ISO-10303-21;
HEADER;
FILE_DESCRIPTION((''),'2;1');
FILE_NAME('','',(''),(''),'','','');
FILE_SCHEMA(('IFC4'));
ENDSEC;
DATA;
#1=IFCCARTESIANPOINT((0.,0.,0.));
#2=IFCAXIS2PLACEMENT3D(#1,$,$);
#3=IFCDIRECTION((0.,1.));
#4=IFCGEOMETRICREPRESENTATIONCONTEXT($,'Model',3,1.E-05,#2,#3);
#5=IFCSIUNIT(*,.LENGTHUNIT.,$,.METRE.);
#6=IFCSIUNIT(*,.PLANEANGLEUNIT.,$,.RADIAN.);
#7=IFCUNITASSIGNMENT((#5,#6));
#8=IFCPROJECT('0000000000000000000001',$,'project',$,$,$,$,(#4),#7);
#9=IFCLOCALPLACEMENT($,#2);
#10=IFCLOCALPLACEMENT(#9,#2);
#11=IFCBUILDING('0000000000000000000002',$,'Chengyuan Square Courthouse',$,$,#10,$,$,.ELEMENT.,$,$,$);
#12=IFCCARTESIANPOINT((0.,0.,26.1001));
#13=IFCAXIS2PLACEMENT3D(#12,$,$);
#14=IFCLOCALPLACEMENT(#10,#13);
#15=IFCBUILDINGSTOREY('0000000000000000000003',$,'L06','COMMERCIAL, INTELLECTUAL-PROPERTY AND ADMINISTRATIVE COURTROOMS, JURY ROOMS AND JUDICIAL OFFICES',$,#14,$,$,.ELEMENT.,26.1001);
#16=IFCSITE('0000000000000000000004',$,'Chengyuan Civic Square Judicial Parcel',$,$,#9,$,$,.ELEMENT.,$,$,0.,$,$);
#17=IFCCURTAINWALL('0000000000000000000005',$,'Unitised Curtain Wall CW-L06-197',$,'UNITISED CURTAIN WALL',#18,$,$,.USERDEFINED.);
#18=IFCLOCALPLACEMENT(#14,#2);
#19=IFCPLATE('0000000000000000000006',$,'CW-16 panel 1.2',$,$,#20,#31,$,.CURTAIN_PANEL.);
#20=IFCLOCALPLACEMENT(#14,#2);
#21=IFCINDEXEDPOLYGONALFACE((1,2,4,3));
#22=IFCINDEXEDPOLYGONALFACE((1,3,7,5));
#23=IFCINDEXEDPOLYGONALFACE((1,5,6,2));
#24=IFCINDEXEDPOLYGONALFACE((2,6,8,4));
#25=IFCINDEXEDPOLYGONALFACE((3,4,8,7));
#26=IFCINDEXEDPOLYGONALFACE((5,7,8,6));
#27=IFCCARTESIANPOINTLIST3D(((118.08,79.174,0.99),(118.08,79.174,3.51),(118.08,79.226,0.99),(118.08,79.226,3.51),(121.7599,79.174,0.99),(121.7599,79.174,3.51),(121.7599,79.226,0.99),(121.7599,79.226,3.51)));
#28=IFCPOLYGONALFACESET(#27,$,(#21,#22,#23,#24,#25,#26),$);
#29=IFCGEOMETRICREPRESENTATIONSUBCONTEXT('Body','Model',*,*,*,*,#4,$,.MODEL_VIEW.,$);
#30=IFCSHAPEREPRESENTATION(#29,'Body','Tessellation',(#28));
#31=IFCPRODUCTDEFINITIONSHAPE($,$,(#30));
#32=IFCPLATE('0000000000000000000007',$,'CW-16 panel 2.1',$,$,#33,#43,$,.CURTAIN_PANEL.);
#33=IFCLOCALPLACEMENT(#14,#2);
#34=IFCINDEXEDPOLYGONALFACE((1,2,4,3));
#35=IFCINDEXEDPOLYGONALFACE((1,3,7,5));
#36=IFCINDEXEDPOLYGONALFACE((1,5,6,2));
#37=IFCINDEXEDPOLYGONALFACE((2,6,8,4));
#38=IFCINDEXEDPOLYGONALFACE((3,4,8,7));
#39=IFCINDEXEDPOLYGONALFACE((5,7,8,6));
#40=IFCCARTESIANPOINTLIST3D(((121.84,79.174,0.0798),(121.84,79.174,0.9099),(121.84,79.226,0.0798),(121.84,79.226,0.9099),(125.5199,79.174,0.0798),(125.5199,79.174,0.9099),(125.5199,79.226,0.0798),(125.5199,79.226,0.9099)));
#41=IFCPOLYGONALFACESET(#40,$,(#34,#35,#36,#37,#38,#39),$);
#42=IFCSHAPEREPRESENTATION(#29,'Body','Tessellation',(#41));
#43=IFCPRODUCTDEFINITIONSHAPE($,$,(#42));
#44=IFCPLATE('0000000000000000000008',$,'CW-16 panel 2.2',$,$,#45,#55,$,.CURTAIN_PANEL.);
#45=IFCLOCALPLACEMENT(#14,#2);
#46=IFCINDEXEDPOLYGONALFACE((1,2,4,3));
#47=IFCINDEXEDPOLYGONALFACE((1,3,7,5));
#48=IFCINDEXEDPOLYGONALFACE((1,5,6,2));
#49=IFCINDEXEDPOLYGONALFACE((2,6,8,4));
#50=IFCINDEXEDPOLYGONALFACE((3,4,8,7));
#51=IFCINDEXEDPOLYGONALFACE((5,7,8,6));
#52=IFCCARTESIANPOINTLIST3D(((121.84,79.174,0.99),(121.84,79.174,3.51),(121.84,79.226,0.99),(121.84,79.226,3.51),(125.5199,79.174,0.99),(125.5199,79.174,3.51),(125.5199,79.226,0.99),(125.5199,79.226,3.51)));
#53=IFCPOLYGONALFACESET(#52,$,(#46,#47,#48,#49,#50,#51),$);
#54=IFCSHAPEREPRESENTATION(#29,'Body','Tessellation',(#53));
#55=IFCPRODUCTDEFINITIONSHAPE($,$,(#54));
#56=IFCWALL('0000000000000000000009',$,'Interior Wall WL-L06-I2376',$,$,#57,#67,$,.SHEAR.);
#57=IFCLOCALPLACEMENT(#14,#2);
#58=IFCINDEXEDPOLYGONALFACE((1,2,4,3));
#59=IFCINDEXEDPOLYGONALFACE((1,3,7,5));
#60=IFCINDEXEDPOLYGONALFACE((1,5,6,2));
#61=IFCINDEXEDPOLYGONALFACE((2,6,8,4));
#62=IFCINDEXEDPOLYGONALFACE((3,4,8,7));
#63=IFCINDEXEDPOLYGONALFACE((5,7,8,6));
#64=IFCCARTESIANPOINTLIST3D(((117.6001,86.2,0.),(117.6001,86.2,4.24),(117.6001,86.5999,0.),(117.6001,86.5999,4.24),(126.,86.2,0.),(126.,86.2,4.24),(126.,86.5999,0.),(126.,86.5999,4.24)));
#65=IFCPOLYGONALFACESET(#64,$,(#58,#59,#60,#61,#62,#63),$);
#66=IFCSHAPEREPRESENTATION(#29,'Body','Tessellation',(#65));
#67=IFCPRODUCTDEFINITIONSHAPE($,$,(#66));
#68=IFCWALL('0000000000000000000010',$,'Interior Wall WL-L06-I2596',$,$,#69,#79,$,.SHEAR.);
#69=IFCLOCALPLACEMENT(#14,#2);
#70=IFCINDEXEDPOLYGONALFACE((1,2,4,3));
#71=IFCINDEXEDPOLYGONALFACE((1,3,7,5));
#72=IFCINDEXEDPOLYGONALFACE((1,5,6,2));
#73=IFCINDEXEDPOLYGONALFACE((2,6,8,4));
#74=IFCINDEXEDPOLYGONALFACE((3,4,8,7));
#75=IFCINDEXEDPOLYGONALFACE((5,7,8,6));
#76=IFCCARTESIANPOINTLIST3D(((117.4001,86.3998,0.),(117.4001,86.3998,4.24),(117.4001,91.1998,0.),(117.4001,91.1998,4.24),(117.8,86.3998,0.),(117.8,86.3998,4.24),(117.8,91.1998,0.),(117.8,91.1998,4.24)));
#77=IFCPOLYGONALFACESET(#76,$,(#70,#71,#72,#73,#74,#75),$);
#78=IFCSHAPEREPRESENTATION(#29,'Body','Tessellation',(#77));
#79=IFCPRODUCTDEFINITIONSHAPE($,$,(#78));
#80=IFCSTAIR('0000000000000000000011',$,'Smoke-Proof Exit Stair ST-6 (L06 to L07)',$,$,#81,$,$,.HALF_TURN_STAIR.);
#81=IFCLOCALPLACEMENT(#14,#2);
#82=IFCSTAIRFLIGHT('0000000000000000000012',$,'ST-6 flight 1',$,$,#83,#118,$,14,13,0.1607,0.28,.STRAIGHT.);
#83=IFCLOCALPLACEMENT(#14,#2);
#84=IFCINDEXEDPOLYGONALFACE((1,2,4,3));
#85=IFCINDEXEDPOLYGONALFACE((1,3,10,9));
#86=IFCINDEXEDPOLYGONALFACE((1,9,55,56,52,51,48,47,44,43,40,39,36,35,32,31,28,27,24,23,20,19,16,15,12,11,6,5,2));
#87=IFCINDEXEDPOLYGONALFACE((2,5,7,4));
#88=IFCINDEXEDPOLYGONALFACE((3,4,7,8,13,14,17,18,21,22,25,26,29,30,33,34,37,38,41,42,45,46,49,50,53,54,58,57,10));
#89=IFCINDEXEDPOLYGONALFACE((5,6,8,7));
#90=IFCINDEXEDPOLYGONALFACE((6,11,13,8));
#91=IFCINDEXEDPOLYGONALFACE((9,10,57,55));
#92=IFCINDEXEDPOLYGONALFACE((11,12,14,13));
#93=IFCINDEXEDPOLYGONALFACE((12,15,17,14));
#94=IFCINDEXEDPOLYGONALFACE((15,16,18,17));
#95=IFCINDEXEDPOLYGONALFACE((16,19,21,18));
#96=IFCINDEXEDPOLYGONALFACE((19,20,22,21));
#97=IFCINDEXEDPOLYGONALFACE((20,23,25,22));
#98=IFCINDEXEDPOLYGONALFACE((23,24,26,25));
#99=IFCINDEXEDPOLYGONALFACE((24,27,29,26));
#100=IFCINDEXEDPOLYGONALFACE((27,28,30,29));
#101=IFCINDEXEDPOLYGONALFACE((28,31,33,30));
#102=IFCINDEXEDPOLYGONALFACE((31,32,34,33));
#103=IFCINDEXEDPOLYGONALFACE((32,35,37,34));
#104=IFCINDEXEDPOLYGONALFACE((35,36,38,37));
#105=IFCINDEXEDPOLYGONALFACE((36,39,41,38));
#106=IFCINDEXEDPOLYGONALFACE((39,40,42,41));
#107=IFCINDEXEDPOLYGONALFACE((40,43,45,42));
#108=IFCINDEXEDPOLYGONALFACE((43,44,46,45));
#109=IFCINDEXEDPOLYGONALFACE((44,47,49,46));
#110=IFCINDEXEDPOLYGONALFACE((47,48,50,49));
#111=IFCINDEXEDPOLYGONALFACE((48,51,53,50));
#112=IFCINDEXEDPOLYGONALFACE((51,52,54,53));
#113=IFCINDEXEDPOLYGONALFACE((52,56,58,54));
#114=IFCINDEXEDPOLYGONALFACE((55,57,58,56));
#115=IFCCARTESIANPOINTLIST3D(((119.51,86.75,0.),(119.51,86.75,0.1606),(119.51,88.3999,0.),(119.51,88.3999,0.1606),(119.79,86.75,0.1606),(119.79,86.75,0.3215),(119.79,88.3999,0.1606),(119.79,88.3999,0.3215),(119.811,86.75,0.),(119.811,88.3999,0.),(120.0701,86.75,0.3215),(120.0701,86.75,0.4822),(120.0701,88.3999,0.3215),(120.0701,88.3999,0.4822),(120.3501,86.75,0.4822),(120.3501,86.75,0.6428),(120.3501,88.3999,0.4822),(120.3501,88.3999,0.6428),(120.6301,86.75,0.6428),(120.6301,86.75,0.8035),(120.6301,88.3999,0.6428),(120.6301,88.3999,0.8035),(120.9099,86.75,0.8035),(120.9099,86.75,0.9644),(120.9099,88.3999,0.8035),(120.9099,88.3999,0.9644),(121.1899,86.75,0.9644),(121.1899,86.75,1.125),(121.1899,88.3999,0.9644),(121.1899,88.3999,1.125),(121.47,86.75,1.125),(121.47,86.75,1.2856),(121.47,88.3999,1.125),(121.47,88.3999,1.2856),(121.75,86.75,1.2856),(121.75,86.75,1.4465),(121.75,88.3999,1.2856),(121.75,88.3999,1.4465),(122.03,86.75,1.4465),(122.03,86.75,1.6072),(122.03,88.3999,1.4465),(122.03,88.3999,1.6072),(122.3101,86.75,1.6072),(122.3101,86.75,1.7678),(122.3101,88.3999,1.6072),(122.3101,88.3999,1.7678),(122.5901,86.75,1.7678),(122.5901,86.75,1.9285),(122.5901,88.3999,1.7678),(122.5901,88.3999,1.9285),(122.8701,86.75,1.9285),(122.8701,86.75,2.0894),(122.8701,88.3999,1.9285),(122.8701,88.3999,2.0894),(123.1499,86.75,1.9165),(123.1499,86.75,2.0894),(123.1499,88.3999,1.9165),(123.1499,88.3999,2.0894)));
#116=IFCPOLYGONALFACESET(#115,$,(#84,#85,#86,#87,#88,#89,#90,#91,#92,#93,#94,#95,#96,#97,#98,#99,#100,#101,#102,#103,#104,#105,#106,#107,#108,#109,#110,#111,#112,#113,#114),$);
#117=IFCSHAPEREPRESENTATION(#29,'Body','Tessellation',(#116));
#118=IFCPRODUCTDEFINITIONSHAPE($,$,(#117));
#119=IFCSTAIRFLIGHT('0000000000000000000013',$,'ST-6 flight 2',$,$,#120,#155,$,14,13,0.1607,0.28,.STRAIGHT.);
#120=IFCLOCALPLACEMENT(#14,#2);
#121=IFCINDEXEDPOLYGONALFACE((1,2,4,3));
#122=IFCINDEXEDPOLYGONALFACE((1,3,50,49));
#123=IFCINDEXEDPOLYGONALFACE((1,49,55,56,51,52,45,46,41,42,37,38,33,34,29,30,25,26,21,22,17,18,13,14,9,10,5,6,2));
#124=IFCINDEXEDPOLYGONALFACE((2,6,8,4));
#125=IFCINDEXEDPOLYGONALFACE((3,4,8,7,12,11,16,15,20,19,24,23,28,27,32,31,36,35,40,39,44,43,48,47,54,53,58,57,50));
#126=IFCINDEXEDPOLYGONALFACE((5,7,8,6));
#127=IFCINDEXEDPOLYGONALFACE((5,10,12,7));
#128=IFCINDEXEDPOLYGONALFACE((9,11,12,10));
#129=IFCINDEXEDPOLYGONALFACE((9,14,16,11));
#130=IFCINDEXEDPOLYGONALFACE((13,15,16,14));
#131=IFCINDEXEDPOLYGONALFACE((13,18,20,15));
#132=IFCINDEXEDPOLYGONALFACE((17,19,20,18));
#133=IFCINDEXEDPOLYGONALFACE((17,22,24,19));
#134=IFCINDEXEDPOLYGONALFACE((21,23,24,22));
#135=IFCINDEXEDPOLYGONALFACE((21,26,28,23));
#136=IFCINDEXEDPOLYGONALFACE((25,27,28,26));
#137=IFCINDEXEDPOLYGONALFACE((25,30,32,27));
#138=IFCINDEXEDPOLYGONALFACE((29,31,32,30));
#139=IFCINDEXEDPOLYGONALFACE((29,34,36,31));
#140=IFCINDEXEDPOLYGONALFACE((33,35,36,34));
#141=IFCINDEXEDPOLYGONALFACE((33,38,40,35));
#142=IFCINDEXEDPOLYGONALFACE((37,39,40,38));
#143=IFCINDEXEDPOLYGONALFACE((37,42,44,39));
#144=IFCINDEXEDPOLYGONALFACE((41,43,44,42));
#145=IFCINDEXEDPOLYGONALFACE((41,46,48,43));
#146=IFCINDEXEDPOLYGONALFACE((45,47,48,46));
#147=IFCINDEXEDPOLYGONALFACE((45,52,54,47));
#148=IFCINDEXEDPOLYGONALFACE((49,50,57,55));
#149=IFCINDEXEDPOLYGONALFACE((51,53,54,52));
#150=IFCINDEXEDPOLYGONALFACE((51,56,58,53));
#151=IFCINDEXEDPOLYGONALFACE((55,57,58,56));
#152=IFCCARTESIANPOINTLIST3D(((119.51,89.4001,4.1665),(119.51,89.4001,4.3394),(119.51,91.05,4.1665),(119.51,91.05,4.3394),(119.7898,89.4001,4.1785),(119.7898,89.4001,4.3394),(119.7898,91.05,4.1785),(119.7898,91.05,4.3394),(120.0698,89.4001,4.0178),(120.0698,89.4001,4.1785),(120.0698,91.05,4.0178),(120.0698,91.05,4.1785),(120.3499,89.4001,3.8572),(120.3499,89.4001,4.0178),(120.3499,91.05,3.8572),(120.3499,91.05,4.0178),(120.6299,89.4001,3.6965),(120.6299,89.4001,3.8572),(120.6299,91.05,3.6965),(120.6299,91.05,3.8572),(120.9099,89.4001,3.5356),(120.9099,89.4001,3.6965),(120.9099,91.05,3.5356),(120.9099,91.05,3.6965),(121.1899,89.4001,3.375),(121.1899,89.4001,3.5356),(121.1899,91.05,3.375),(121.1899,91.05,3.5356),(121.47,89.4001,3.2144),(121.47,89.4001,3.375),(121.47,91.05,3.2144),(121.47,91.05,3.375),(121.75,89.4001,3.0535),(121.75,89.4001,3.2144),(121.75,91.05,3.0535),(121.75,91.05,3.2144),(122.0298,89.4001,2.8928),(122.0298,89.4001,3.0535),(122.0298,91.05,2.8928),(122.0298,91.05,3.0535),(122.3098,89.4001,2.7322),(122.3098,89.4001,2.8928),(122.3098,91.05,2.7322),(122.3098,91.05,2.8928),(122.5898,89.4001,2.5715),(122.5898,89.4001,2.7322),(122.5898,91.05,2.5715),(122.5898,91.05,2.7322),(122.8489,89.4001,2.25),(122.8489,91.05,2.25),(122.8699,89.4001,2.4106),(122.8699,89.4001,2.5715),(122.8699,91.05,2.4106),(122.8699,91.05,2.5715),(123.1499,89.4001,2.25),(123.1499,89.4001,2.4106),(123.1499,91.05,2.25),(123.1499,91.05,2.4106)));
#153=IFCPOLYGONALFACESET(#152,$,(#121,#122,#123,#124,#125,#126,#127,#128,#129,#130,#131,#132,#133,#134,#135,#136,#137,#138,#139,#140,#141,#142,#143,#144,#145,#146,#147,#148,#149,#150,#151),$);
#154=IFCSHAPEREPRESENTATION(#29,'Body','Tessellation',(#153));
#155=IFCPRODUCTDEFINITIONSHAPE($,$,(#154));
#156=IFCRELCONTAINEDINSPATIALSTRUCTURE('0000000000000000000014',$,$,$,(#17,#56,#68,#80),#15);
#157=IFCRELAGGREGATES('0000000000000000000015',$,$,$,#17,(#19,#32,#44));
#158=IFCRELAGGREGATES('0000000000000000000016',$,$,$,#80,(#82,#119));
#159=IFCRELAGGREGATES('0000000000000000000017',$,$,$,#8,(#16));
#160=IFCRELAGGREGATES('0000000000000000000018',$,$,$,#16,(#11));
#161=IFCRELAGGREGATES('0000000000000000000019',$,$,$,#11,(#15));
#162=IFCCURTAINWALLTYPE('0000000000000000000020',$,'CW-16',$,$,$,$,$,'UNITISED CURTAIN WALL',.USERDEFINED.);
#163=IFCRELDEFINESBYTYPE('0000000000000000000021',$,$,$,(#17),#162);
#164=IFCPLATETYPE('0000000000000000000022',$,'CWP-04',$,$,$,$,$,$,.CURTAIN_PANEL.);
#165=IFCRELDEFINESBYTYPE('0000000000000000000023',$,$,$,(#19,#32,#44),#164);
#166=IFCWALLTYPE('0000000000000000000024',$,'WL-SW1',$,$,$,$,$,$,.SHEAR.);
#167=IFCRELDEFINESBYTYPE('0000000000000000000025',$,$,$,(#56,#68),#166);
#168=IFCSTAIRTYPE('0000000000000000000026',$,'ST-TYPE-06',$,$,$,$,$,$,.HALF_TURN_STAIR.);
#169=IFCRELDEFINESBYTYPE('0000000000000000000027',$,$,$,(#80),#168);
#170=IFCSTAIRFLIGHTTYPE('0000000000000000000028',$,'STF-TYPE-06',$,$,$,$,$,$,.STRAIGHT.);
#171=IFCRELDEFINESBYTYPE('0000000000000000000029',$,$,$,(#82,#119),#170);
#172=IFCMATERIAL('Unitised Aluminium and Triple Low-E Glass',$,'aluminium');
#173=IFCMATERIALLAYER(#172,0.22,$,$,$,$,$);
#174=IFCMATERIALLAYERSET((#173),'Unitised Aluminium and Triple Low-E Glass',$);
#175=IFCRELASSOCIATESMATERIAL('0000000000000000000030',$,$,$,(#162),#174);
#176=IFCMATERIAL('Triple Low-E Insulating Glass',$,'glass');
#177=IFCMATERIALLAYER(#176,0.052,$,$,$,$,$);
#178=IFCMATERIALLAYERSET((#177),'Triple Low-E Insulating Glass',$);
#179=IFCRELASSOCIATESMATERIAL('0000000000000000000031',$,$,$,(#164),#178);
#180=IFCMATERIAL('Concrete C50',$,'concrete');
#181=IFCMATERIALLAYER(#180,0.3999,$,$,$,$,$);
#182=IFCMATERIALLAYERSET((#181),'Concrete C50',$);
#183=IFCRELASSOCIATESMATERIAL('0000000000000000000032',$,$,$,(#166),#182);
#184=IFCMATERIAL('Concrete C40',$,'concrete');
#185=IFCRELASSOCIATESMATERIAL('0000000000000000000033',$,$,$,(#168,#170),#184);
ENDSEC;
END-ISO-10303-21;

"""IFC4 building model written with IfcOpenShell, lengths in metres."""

from ifc_helpers import new_model, si_unit, direction, frame, frame_2d, origin, origin_2d, place, context, subcontext, project, spatial, polyline, rectangle, outline, extrude, material, layer, layer_set, type_object, element, aggregate, save


model = new_model("IFC4")

# Units and contexts
model_context = context("Model", 3, precision=1e-05, world=origin(), true_north=direction((0.0, 1.0)))
body_context = subcontext(model_context, "Body", "Model", "MODEL_VIEW")
ifc_project = project(units=[si_unit("LENGTHUNIT", "METRE"), si_unit("PLANEANGLEUNIT", "RADIAN")], contexts=[model_context])

# Site, building, storey
site_placement = place(None, origin())
site = spatial("IfcSite", under=ifc_project, at=site_placement, Name="Chengyuan Civic Square Judicial Parcel", CompositionType="ELEMENT", RefElevation=0.0)
building_placement = place(site_placement, origin())
building = spatial("IfcBuilding", under=site, at=building_placement, Name="Chengyuan Square Courthouse", CompositionType="ELEMENT")
storey_placement = place(building_placement, frame((0.0, 0.0, 26.1001)))
storey = spatial("IfcBuildingStorey", under=building, at=storey_placement, Name="L06", Description="COMMERCIAL, INTELLECTUAL-PROPERTY AND ADMINISTRATIVE COURTROOMS, JURY ROOMS AND JUDICIAL OFFICES", CompositionType="ELEMENT", Elevation=26.1001)

# Shared definitions
ifc_material_1 = material(Name="Concrete C50", Category="concrete")

# Shared definitions
ifc_material_2 = material(Name="Concrete C40", Category="concrete")

# Curtain wall, plates
ifc_material_3 = material(Name="Unitised Aluminium and Triple Low-E Glass", Category="aluminium")
ifc_layer_1 = layer(ifc_material_3, 0.22)
ifc_layer_set_1 = layer_set([ifc_layer_1], Name="Unitised Aluminium and Triple Low-E Glass")
curtain_wall_type = type_object("IfcCurtainWallType", Name="CW-16", ElementType="UNITISED CURTAIN WALL", PredefinedType="USERDEFINED", material=ifc_layer_set_1)
curtain_wall_placement = place(storey_placement, origin())
curtain_wall = element("IfcCurtainWall", 1, at=curtain_wall_placement, inside=storey, type_object=curtain_wall_type, Name="Unitised Curtain Wall CW-L06-197", ObjectType="UNITISED CURTAIN WALL", PredefinedType="USERDEFINED")
ifc_material_4 = material(Name="Triple Low-E Insulating Glass", Category="glass")
ifc_layer_2 = layer(ifc_material_4, 0.052)
ifc_layer_set_2 = layer_set([ifc_layer_2], Name="Triple Low-E Insulating Glass")
plate_type = type_object("IfcPlateType", Name="CWP-04", PredefinedType="CURTAIN_PANEL", material=ifc_layer_set_2)
plate_1_placement = place(storey_placement, frame((119.9199, 79.2, 0.99), z_axis=(0.0, 0.0, 1.0), x_axis=(1.0, 0.0, 0.0)))
plate_1 = element("IfcPlate", 2, at=plate_1_placement, type_object=plate_type, Name="CW-16 panel 1.2", PredefinedType="CURTAIN_PANEL", context=body_context, shape_type="SweptSolid", body=[
    extrude(rectangle(XDim=3.6799, YDim=0.052, at=origin_2d()), origin(), (0.0, 0.0, 1.0), 2.52),
])
plate_2_placement = place(storey_placement, frame((123.6799, 79.2, 0.0798), z_axis=(0.0, 0.0, 1.0), x_axis=(1.0, 0.0, 0.0)))
plate_2 = element("IfcPlate", 3, at=plate_2_placement, type_object=plate_type, Name="CW-16 panel 2.1", PredefinedType="CURTAIN_PANEL", context=body_context, shape_type="SweptSolid", body=[
    extrude(rectangle(XDim=3.6799, YDim=0.052, at=origin_2d()), origin(), (0.0, 0.0, 1.0), 0.8301),
])
plate_3_placement = place(storey_placement, frame((123.6799, 79.2, 0.99), z_axis=(0.0, 0.0, 1.0), x_axis=(1.0, 0.0, 0.0)))
plate_3 = element("IfcPlate", 4, at=plate_3_placement, type_object=plate_type, Name="CW-16 panel 2.2", PredefinedType="CURTAIN_PANEL", context=body_context, shape_type="SweptSolid", body=[
    extrude(rectangle(XDim=3.6799, YDim=0.052, at=origin_2d()), origin(), (0.0, 0.0, 1.0), 2.52),
])
aggregate(curtain_wall, [plate_1, plate_2, plate_3])

# Walls
ifc_layer_3 = layer(ifc_material_1, 0.3999)
ifc_layer_set_3 = layer_set([ifc_layer_3], Name="Concrete C50")
wall_type = type_object("IfcWallType", Name="WL-SW1", PredefinedType="SHEAR", material=ifc_layer_set_3)
wall_1_placement = place(storey_placement, frame((117.6001, 86.3999, 0.0), z_axis=(0.0, 0.0, 1.0), x_axis=(1.0, 0.0, 0.0)))
element("IfcWall", 5, at=wall_1_placement, inside=storey, type_object=wall_type, Name="Interior Wall WL-L06-I2376", PredefinedType="SHEAR", context=body_context, shape_type="SweptSolid", body=[
    extrude(rectangle(XDim=8.3999, YDim=0.3999, at=frame_2d((4.2, 0.0))), origin(), (0.0, 0.0, 1.0), 4.24),
])
wall_2_placement = place(storey_placement, frame((117.6001, 86.3999, 0.0), z_axis=(0.0, 0.0, 1.0), x_axis=(0.0, 1.0, 0.0)))
element("IfcWall", 6, at=wall_2_placement, inside=storey, type_object=wall_type, Name="Interior Wall WL-L06-I2596", PredefinedType="SHEAR", context=body_context, shape_type="SweptSolid", body=[
    extrude(rectangle(XDim=4.8, YDim=0.3999, at=frame_2d((2.3999, 0.0))), origin(), (0.0, 0.0, 1.0), 4.24),
])

# Stair, stair flights
stair_type = type_object("IfcStairType", Name="ST-TYPE-06", PredefinedType="HALF_TURN_STAIR", material=ifc_material_2)
stair_placement = place(storey_placement, origin())
stair = element("IfcStair", 7, at=stair_placement, inside=storey, type_object=stair_type, Name="Smoke-Proof Exit Stair ST-6 (L06 to L07)", PredefinedType="HALF_TURN_STAIR")
stair_flight_type = type_object("IfcStairFlightType", Name="STF-TYPE-06", PredefinedType="STRAIGHT", material=ifc_material_2)
stair_flight_1_placement = place(storey_placement, frame((119.51, 87.575, 0.0), z_axis=(0.0, 0.0, 1.0), x_axis=(1.0, 0.0, 0.0)))
stair_flight_1 = element("IfcStairFlight", 8, at=stair_flight_1_placement, type_object=stair_flight_type, Name="ST-6 flight 1", NumberOfRisers=14, NumberOfTreads=13, PredefinedType="STRAIGHT", RiserHeight=0.1607, TreadLength=0.28, context=body_context, shape_type="SweptSolid", body=[
    extrude(outline(polyline([(0.0, 0.0), (0.0, 0.1606), (0.28, 0.1606), (0.28, 0.3215), (0.5601, 0.3215), (0.5601, 0.4822), (0.8401, 0.4822), (0.8401, 0.6428), (1.1201, 0.6428), (1.1201, 0.8035), (1.3999, 0.8035), (1.3999, 0.9644), (1.6799, 0.9644), (1.6799, 1.125), (1.96, 1.125), (1.96, 1.2856), (2.24, 1.2856), (2.24, 1.4465), (2.52, 1.4465), (2.52, 1.6072), (2.8, 1.6072), (2.8, 1.7678), (3.0801, 1.7678), (3.0801, 1.9285), (3.3601, 1.9285), (3.3601, 2.0894), (3.6399, 2.0894), (3.6399, 2.25), (3.6399, 1.9165), (0.301, 0.0), (0.0, 0.0)])), frame((0.0, 0.825, 0.0), z_axis=(0.0, -1.0, 0.0), x_axis=(1.0, 0.0, 0.0)), (0.0, 0.0, 1.0), 1.6499),
])
stair_flight_2_placement = place(storey_placement, frame((123.1499, 90.2251, 2.25), z_axis=(0.0, 0.0, 1.0), x_axis=(-1.0, 0.0, 0.0)))
stair_flight_2 = element("IfcStairFlight", 9, at=stair_flight_2_placement, type_object=stair_flight_type, Name="ST-6 flight 2", NumberOfRisers=14, NumberOfTreads=13, PredefinedType="STRAIGHT", RiserHeight=0.1607, TreadLength=0.28, context=body_context, shape_type="SweptSolid", body=[
    extrude(outline(polyline([(0.0, 0.0), (0.0, 0.1606), (0.28, 0.1606), (0.28, 0.3215), (0.5601, 0.3215), (0.5601, 0.4822), (0.8401, 0.4822), (0.8401, 0.6428), (1.1201, 0.6428), (1.1201, 0.8035), (1.3999, 0.8035), (1.3999, 0.9644), (1.6799, 0.9644), (1.6799, 1.125), (1.96, 1.125), (1.96, 1.2856), (2.24, 1.2856), (2.24, 1.4465), (2.52, 1.4465), (2.52, 1.6072), (2.8, 1.6072), (2.8, 1.7678), (3.0801, 1.7678), (3.0801, 1.9285), (3.3601, 1.9285), (3.3601, 2.0894), (3.6399, 2.0894), (3.6399, 2.25), (3.6399, 1.9165), (0.301, 0.0), (0.0, 0.0)])), frame((0.0, 0.825, 0.0), z_axis=(0.0, -1.0, 0.0), x_axis=(1.0, 0.0, 0.0)), (0.0, 0.0, 1.0), 1.6499),
])
aggregate(stair, [stair_flight_1, stair_flight_2])

save(model, "model.ifc")
